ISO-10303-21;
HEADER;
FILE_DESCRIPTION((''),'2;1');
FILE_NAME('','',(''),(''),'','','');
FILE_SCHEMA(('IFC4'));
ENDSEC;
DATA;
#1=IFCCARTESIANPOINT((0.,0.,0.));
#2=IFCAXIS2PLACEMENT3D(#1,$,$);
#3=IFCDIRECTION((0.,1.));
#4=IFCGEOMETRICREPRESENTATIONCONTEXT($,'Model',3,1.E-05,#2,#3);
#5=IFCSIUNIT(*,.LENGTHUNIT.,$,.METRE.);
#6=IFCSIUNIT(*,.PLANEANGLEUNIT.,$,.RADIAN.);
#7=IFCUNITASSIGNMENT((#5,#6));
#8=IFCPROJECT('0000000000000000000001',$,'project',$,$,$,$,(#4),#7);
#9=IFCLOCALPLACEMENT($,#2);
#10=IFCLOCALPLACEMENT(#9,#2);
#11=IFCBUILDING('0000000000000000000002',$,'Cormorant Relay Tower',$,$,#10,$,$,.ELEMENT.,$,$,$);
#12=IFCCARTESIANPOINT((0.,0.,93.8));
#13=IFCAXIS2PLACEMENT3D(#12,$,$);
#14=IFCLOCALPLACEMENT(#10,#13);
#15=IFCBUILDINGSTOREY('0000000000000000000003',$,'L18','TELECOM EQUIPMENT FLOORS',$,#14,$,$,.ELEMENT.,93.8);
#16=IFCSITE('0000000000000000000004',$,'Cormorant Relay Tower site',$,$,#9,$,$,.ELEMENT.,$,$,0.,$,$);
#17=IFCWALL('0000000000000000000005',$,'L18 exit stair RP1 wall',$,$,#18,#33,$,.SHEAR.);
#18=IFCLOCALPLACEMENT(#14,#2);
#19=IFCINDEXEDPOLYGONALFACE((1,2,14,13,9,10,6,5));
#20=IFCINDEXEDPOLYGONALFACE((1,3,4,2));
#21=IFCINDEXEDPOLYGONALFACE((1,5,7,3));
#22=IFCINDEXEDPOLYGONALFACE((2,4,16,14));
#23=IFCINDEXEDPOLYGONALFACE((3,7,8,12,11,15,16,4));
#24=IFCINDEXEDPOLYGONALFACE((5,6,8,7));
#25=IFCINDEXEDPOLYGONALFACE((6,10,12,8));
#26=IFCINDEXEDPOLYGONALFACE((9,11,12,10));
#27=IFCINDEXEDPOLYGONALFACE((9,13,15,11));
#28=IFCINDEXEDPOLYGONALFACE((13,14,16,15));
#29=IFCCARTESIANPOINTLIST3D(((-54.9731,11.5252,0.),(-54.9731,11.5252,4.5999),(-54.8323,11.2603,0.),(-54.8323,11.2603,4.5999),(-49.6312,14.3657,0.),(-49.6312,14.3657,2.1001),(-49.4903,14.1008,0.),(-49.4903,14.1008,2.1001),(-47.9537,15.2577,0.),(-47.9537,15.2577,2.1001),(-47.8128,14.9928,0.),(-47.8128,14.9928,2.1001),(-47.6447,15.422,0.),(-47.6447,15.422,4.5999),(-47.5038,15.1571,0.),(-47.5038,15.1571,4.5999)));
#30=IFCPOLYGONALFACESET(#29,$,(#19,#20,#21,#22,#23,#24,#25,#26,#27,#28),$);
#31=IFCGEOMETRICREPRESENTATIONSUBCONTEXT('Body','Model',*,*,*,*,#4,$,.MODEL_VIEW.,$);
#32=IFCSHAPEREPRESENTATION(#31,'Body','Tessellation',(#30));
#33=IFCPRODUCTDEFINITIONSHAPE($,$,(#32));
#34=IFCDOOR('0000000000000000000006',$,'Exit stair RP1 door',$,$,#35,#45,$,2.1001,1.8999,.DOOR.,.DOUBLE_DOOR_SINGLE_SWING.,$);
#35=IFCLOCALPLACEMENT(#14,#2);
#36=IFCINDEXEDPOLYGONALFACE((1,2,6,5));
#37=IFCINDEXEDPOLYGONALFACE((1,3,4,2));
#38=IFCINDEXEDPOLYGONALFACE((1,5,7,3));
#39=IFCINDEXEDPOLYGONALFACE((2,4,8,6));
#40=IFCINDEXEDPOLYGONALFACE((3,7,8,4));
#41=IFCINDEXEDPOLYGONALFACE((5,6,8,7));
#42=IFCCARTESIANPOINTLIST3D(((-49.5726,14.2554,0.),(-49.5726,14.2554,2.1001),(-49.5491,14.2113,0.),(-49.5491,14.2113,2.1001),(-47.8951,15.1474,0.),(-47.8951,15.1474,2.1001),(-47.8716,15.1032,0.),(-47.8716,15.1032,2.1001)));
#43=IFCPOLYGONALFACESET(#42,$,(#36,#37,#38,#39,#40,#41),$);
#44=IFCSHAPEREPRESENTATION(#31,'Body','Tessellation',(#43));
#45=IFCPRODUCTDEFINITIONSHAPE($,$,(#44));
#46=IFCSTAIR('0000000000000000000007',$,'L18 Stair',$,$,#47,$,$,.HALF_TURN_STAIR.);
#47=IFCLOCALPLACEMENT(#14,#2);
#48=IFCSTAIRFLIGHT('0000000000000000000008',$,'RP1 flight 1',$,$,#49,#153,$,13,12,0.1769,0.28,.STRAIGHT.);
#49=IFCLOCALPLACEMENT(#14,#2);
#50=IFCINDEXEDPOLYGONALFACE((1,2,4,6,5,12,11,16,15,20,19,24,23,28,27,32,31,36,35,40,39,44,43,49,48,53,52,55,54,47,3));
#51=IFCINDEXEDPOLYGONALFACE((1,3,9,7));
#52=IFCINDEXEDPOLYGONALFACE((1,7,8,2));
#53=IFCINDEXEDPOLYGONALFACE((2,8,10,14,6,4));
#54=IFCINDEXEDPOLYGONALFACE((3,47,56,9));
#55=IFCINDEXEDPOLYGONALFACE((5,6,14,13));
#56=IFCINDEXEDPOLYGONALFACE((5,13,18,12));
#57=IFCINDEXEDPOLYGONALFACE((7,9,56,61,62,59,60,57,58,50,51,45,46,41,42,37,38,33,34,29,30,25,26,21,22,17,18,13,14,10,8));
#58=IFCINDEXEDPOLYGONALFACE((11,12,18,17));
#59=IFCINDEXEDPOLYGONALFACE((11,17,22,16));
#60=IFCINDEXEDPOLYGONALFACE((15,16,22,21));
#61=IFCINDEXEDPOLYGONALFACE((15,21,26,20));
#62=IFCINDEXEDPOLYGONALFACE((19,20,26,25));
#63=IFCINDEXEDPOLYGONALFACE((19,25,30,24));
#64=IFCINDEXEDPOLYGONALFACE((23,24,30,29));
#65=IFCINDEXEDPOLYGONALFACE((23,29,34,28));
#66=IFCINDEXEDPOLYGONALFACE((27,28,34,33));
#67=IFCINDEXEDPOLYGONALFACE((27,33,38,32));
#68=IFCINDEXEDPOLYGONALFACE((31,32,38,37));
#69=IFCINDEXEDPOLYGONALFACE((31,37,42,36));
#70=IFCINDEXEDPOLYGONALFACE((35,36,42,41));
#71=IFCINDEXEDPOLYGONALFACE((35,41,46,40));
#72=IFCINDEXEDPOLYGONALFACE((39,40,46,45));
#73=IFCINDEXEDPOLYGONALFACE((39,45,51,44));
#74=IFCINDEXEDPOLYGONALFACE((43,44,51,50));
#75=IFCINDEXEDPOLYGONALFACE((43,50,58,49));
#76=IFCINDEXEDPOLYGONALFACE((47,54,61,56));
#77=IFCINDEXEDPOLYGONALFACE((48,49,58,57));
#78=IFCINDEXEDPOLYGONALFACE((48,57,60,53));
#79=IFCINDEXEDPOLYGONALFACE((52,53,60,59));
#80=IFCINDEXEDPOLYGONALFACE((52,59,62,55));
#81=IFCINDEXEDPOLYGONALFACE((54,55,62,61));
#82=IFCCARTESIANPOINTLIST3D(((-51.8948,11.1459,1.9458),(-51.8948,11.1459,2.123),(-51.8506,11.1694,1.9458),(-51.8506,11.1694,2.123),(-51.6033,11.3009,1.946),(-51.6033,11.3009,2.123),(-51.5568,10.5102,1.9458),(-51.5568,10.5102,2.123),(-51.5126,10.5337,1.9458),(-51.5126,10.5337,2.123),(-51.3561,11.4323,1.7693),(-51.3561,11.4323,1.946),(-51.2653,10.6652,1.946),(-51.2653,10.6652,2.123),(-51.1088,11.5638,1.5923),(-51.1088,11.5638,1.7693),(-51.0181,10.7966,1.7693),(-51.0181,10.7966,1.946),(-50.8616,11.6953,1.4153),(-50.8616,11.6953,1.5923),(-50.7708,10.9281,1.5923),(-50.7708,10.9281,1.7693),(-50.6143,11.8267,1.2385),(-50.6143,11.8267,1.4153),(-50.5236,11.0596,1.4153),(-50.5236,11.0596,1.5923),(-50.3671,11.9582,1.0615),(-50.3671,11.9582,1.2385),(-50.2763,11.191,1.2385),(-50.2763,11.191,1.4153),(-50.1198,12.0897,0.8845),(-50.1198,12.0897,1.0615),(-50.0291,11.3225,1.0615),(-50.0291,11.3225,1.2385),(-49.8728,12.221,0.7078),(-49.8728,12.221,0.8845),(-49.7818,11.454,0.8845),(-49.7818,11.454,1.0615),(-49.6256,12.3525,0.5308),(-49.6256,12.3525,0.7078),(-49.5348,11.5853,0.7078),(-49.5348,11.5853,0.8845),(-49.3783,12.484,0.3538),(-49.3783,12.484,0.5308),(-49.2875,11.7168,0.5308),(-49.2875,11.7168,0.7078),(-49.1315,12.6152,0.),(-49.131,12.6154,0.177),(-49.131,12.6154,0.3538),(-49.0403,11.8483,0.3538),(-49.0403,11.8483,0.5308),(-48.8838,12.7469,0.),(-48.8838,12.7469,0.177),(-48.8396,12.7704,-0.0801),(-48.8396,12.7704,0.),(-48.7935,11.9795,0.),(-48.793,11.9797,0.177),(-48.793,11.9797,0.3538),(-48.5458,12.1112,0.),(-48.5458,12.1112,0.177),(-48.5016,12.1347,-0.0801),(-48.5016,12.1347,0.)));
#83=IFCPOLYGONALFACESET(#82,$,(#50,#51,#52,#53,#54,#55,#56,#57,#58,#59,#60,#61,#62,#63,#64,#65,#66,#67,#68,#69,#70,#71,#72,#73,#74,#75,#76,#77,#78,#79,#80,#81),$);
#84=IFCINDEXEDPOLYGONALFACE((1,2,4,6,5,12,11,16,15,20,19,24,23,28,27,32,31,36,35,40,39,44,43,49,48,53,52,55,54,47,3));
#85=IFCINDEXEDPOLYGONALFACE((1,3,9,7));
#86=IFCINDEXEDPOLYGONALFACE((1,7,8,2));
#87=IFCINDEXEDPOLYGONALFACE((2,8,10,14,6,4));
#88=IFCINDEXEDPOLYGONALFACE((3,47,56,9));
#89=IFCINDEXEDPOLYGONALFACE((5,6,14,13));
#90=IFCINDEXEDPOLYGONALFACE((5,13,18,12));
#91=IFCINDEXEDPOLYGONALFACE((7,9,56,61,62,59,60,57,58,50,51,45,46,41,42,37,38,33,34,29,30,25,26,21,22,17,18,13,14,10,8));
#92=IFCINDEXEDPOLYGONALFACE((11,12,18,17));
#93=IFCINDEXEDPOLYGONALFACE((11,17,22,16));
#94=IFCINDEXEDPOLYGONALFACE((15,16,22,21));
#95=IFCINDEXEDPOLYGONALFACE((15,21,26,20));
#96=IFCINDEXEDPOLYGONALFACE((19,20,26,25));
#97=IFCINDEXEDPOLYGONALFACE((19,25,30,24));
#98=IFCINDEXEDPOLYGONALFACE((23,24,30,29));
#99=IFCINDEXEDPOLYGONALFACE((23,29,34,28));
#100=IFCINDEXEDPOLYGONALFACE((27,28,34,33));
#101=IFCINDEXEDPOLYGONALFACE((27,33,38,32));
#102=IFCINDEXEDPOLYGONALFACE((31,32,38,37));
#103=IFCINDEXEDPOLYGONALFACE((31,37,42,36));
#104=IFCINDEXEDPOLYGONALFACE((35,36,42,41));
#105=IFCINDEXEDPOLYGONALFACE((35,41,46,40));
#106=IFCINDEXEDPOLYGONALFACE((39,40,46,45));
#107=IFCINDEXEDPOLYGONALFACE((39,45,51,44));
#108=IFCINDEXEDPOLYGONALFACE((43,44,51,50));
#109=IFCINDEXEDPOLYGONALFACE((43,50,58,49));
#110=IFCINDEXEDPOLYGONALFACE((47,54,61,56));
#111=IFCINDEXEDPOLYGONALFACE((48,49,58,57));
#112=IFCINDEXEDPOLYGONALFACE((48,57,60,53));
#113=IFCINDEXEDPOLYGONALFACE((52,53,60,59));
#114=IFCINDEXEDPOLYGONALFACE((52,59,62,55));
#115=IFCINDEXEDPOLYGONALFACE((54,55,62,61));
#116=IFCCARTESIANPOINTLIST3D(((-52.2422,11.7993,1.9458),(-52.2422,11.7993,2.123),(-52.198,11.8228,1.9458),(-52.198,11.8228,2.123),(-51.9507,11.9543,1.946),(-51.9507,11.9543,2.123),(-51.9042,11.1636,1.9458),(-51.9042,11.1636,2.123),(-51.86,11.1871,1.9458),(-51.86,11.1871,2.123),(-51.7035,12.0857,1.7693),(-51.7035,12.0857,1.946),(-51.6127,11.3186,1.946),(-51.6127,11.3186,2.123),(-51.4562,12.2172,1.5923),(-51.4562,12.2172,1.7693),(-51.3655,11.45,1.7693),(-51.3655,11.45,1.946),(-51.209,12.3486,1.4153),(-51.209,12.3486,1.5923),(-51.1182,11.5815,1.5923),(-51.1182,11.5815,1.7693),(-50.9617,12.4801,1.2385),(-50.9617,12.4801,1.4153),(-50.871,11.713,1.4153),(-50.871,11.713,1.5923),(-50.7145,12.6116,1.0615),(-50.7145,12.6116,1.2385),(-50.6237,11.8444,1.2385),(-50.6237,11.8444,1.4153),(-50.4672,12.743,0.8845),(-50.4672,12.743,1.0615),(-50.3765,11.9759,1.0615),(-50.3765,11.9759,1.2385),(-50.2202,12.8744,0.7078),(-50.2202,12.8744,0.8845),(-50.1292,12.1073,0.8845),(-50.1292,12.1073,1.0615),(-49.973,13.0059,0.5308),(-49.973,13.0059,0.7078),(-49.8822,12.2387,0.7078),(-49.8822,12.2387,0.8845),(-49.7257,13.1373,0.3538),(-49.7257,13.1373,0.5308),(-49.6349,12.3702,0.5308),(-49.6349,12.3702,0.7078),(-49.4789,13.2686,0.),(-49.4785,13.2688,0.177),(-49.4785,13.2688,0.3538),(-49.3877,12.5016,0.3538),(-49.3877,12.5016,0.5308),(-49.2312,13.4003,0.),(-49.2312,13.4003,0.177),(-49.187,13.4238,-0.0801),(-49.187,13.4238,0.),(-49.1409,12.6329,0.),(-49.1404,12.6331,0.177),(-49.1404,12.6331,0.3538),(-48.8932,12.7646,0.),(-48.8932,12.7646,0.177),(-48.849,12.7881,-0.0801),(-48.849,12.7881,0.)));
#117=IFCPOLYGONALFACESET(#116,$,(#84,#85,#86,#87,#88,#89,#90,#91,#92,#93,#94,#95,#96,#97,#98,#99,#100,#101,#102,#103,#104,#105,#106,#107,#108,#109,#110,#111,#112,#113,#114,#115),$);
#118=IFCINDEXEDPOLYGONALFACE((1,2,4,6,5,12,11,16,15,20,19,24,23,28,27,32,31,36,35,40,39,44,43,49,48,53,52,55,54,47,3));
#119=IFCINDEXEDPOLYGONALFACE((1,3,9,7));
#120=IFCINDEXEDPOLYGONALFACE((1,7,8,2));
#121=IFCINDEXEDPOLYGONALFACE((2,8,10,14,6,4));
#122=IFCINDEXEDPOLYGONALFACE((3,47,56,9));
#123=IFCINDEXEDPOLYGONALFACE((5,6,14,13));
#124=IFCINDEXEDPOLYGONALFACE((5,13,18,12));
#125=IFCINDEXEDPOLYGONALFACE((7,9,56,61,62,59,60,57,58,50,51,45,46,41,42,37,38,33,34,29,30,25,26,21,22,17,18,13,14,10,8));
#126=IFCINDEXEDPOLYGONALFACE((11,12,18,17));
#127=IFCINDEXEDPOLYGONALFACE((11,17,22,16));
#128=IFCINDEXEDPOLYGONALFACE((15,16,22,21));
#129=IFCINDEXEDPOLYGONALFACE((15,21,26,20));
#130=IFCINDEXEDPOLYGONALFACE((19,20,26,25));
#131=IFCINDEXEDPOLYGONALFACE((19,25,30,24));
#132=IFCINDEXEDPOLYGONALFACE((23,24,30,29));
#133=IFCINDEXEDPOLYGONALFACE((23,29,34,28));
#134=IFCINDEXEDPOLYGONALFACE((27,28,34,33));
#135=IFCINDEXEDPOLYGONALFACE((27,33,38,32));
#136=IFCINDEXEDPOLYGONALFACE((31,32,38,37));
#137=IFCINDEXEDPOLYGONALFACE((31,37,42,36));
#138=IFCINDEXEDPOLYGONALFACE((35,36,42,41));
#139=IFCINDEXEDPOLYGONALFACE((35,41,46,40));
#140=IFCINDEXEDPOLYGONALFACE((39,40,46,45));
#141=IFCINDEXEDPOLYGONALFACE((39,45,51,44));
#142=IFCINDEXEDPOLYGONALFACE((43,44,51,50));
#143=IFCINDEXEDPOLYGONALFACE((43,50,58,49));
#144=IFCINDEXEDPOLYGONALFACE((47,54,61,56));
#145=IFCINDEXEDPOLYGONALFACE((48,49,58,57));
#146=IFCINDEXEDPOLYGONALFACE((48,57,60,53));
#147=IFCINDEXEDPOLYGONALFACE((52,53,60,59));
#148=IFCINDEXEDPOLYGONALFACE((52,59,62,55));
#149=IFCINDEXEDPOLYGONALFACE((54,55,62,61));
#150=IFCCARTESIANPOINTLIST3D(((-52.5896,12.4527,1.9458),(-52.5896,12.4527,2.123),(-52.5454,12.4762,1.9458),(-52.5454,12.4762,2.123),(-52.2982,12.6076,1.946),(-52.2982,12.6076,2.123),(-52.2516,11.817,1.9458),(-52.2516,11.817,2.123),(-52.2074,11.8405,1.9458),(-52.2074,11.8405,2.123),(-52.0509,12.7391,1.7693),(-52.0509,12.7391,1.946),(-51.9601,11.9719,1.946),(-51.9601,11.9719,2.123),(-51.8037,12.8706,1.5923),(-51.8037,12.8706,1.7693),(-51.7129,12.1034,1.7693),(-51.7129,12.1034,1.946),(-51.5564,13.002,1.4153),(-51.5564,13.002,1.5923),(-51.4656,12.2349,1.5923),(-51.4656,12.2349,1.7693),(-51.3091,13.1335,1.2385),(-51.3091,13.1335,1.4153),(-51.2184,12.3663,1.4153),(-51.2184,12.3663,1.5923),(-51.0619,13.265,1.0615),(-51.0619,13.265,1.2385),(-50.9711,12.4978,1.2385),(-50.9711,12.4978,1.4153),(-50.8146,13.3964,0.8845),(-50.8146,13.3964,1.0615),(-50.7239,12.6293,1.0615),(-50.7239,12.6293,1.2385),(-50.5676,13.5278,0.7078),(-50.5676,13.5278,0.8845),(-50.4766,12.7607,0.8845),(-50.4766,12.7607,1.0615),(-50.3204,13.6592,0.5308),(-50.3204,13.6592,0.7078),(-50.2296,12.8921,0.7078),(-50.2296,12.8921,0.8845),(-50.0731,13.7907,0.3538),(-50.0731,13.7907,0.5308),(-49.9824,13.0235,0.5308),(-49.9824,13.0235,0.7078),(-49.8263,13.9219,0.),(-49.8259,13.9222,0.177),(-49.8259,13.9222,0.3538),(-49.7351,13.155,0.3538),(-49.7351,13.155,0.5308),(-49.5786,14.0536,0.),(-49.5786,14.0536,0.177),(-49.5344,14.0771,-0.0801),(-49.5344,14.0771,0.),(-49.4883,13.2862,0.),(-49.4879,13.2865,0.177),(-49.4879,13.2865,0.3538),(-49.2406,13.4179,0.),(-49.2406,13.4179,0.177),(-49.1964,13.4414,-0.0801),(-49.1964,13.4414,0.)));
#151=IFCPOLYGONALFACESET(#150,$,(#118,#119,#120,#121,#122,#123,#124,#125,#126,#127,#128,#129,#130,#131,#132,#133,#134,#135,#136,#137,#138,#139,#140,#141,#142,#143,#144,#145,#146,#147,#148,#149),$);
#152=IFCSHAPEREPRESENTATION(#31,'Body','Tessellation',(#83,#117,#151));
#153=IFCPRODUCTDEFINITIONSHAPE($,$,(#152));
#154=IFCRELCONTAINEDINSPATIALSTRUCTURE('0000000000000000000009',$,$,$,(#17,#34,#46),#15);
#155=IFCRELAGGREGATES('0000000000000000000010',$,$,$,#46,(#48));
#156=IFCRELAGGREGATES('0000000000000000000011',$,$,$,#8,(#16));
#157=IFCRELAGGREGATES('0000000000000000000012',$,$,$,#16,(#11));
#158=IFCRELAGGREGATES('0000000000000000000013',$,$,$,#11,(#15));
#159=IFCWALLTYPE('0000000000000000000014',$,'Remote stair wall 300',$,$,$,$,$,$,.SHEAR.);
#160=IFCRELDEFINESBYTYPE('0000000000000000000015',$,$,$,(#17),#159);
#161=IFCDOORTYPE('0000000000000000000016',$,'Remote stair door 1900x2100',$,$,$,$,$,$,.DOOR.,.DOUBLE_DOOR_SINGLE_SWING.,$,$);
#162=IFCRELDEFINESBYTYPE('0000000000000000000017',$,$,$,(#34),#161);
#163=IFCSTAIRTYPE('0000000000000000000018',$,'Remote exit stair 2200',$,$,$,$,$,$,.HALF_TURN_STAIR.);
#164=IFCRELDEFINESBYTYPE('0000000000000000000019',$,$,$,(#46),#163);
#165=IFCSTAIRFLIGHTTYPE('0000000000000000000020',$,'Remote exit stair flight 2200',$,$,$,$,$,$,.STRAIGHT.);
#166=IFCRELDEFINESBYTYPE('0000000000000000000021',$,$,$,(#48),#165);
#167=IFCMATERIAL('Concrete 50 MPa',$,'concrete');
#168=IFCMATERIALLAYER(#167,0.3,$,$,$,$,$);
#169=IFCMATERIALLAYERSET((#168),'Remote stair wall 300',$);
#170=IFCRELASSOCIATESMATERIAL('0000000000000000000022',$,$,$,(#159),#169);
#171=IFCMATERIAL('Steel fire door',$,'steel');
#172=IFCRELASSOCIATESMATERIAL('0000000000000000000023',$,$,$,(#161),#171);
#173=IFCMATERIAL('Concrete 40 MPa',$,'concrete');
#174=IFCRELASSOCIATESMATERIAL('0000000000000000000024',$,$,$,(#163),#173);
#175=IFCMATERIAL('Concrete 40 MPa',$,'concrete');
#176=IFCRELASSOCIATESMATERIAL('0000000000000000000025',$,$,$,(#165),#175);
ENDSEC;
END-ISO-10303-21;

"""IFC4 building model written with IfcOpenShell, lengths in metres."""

from ifc_helpers import new_model, si_unit, direction, frame, frame_2d, origin, place, context, subcontext, project, spatial, polyline, rectangle, outline, extrude, material, layer, layer_set, type_object, element, fill, aggregate, save


model = new_model("IFC4")

# Units and contexts
model_context = context("Model", 3, precision=1e-05, world=origin(), true_north=direction((0.0, 1.0)))
body_context = subcontext(model_context, "Body", "Model", "MODEL_VIEW")
ifc_project = project(units=[si_unit("LENGTHUNIT", "METRE"), si_unit("PLANEANGLEUNIT", "RADIAN")], contexts=[model_context])

# Site, building, storey
site_placement = place(None, origin())
site = spatial("IfcSite", under=ifc_project, at=site_placement, Name="Cormorant Relay Tower site", CompositionType="ELEMENT", RefElevation=0.0)
building_placement = place(site_placement, origin())
building = spatial("IfcBuilding", under=site, at=building_placement, Name="Cormorant Relay Tower", CompositionType="ELEMENT")
storey_placement = place(building_placement, frame((0.0, 0.0, 93.8)))
storey = spatial("IfcBuildingStorey", under=building, at=storey_placement, Name="L18", Description="TELECOM EQUIPMENT FLOORS", CompositionType="ELEMENT", Elevation=93.8)

# Shared definitions
ifc_material_1 = material(Name="Concrete 50 MPa", Category="concrete")
ifc_layer_1 = layer(ifc_material_1, 0.3)
ifc_layer_set_1 = layer_set([ifc_layer_1], Name="Remote stair wall 300")
wall_type_1 = type_object("IfcWallType", Name="Remote stair wall 300", PredefinedType="SHEAR", material=ifc_layer_set_1)

# Wall, opening, door
wall_1_placement = place(storey_placement, frame((-54.9026, 11.3928, 0.0), z_axis=(0.0, 0.0, 1.0), x_axis=(0.882939, 0.469487, 0.0)))
wall_1 = element("IfcWall", 1, at=wall_1_placement, inside=storey, type_object=wall_type_1, Name="L18 exit stair RP1 wall", PredefinedType="SHEAR", context=body_context, shape_type="SweptSolid", body=[
    extrude(rectangle(XDim=8.3, YDim=0.3, at=frame_2d((4.1499, 0.0))), origin(), (0.0, 0.0, 1.0), 4.5999),
])
opening_1_placement = place(wall_1_placement, frame((6.05, 0.0, 0.0)))
opening_1 = element("IfcOpeningElement", 2, at=opening_1_placement, cuts=wall_1, PredefinedType="OPENING", context=body_context, shape_type="SweptSolid", body=[
    extrude(rectangle(XDim=1.8999, YDim=2.1001, at=frame_2d((0.95, 1.05))), frame((0.0, 0.1599, 0.0), z_axis=(0.0, -1.0, 0.0), x_axis=(1.0, 0.0, 0.0)), (0.0, 0.0, 1.0), 0.3201),
])
ifc_material_2 = material(Name="Steel fire door", Category="steel")
door_type_1 = type_object("IfcDoorType", Name="Remote stair door 1900x2100", OperationType="DOUBLE_DOOR_SINGLE_SWING", PredefinedType="DOOR", material=ifc_material_2)
door_1_placement = place(opening_1_placement, frame((1.8999, 0.0, 0.0), z_axis=(0.0, 0.0, 1.0), x_axis=(-1.0, 0.0, 0.0)))
door_1 = element("IfcDoor", 3, at=door_1_placement, inside=storey, type_object=door_type_1, Name="Exit stair RP1 door", OperationType="DOUBLE_DOOR_SINGLE_SWING", OverallHeight=2.1001, OverallWidth=1.8999, PredefinedType="DOOR", context=body_context, shape_type="SweptSolid", body=[
    extrude(rectangle(XDim=1.8999, YDim=2.1001, at=frame_2d((0.95, 1.05))), frame((0.0, 0.0249, 0.0), z_axis=(0.0, -1.0, 0.0), x_axis=(1.0, 0.0, 0.0)), (0.0, 0.0, 1.0), 0.05),
])
fill(opening_1, door_1)

# Stair, stair flight
ifc_material_3 = material(Name="Concrete 40 MPa", Category="concrete")
stair_type = type_object("IfcStairType", Name="Remote exit stair 2200", PredefinedType="HALF_TURN_STAIR", material=ifc_material_3)
stair_placement = place(storey_placement, origin())
stair = element("IfcStair", 4, at=stair_placement, inside=storey, type_object=stair_type, Name="L18 Stair", PredefinedType="HALF_TURN_STAIR")
ifc_material_4 = material(Name="Concrete 40 MPa", Category="concrete")
stair_flight_type = type_object("IfcStairFlightType", Name="Remote exit stair flight 2200", PredefinedType="STRAIGHT", material=ifc_material_4)
stair_flight_1_placement = place(storey_placement, frame((-49.0623, 13.0825, 0.0), z_axis=(0.0, 0.0, 1.0), x_axis=(-0.882948, -0.469472, 0.0)))
stair_flight_1 = element("IfcStairFlight", 5, at=stair_flight_1_placement, type_object=stair_flight_type, Name="RP1 flight 1", NumberOfRisers=13, NumberOfTreads=12, PredefinedType="STRAIGHT", RiserHeight=0.1769, TreadLength=0.28, context=body_context, shape_type="SweptSolid", body=[
    extrude(outline(polyline([(-0.05, -0.0801), (-0.05, 0.0), (0.0, 0.0), (0.0, 0.177), (0.28, 0.177), (0.28, 0.3538), (0.5601, 0.3538), (0.5601, 0.5308), (0.8401, 0.5308), (0.8401, 0.7078), (1.1201, 0.7078), (1.1201, 0.8845), (1.3999, 0.8845), (1.3999, 1.0615), (1.6799, 1.0615), (1.6799, 1.2385), (1.96, 1.2385), (1.96, 1.4153), (2.24, 1.4153), (2.24, 1.5923), (2.52, 1.5923), (2.52, 1.7693), (2.8, 1.7693), (2.8, 1.946), (3.0801, 1.946), (3.0801, 2.123), (3.3601, 2.123), (3.4102, 2.123), (3.4102, 1.9458), (3.3601, 1.9458), (0.2805, 0.0), (-0.05, -0.0801)])), frame((0.0, 1.1001, 0.0), z_axis=(0.0, -1.0, 0.0), x_axis=(1.0, 0.0, 0.0)), (0.0, 0.0, 1.0), 0.72),
    extrude(outline(polyline([(-0.05, -0.0801), (-0.05, 0.0), (0.0, 0.0), (0.0, 0.177), (0.28, 0.177), (0.28, 0.3538), (0.5601, 0.3538), (0.5601, 0.5308), (0.8401, 0.5308), (0.8401, 0.7078), (1.1201, 0.7078), (1.1201, 0.8845), (1.3999, 0.8845), (1.3999, 1.0615), (1.6799, 1.0615), (1.6799, 1.2385), (1.96, 1.2385), (1.96, 1.4153), (2.24, 1.4153), (2.24, 1.5923), (2.52, 1.5923), (2.52, 1.7693), (2.8, 1.7693), (2.8, 1.946), (3.0801, 1.946), (3.0801, 2.123), (3.3601, 2.123), (3.4102, 2.123), (3.4102, 1.9458), (3.3601, 1.9458), (0.2805, 0.0), (-0.05, -0.0801)])), frame((0.0, 0.3601, 0.0), z_axis=(0.0, -1.0, 0.0), x_axis=(1.0, 0.0, 0.0)), (0.0, 0.0, 1.0), 0.72),
    extrude(outline(polyline([(-0.05, -0.0801), (-0.05, 0.0), (0.0, 0.0), (0.0, 0.177), (0.28, 0.177), (0.28, 0.3538), (0.5601, 0.3538), (0.5601, 0.5308), (0.8401, 0.5308), (0.8401, 0.7078), (1.1201, 0.7078), (1.1201, 0.8845), (1.3999, 0.8845), (1.3999, 1.0615), (1.6799, 1.0615), (1.6799, 1.2385), (1.96, 1.2385), (1.96, 1.4153), (2.24, 1.4153), (2.24, 1.5923), (2.52, 1.5923), (2.52, 1.7693), (2.8, 1.7693), (2.8, 1.946), (3.0801, 1.946), (3.0801, 2.123), (3.3601, 2.123), (3.4102, 2.123), (3.4102, 1.9458), (3.3601, 1.9458), (0.2805, 0.0), (-0.05, -0.0801)])), frame((0.0, -0.3799, 0.0), z_axis=(0.0, -1.0, 0.0), x_axis=(1.0, 0.0, 0.0)), (0.0, 0.0, 1.0), 0.72),
])
aggregate(stair, [stair_flight_1])

save(model, "model.ifc")
